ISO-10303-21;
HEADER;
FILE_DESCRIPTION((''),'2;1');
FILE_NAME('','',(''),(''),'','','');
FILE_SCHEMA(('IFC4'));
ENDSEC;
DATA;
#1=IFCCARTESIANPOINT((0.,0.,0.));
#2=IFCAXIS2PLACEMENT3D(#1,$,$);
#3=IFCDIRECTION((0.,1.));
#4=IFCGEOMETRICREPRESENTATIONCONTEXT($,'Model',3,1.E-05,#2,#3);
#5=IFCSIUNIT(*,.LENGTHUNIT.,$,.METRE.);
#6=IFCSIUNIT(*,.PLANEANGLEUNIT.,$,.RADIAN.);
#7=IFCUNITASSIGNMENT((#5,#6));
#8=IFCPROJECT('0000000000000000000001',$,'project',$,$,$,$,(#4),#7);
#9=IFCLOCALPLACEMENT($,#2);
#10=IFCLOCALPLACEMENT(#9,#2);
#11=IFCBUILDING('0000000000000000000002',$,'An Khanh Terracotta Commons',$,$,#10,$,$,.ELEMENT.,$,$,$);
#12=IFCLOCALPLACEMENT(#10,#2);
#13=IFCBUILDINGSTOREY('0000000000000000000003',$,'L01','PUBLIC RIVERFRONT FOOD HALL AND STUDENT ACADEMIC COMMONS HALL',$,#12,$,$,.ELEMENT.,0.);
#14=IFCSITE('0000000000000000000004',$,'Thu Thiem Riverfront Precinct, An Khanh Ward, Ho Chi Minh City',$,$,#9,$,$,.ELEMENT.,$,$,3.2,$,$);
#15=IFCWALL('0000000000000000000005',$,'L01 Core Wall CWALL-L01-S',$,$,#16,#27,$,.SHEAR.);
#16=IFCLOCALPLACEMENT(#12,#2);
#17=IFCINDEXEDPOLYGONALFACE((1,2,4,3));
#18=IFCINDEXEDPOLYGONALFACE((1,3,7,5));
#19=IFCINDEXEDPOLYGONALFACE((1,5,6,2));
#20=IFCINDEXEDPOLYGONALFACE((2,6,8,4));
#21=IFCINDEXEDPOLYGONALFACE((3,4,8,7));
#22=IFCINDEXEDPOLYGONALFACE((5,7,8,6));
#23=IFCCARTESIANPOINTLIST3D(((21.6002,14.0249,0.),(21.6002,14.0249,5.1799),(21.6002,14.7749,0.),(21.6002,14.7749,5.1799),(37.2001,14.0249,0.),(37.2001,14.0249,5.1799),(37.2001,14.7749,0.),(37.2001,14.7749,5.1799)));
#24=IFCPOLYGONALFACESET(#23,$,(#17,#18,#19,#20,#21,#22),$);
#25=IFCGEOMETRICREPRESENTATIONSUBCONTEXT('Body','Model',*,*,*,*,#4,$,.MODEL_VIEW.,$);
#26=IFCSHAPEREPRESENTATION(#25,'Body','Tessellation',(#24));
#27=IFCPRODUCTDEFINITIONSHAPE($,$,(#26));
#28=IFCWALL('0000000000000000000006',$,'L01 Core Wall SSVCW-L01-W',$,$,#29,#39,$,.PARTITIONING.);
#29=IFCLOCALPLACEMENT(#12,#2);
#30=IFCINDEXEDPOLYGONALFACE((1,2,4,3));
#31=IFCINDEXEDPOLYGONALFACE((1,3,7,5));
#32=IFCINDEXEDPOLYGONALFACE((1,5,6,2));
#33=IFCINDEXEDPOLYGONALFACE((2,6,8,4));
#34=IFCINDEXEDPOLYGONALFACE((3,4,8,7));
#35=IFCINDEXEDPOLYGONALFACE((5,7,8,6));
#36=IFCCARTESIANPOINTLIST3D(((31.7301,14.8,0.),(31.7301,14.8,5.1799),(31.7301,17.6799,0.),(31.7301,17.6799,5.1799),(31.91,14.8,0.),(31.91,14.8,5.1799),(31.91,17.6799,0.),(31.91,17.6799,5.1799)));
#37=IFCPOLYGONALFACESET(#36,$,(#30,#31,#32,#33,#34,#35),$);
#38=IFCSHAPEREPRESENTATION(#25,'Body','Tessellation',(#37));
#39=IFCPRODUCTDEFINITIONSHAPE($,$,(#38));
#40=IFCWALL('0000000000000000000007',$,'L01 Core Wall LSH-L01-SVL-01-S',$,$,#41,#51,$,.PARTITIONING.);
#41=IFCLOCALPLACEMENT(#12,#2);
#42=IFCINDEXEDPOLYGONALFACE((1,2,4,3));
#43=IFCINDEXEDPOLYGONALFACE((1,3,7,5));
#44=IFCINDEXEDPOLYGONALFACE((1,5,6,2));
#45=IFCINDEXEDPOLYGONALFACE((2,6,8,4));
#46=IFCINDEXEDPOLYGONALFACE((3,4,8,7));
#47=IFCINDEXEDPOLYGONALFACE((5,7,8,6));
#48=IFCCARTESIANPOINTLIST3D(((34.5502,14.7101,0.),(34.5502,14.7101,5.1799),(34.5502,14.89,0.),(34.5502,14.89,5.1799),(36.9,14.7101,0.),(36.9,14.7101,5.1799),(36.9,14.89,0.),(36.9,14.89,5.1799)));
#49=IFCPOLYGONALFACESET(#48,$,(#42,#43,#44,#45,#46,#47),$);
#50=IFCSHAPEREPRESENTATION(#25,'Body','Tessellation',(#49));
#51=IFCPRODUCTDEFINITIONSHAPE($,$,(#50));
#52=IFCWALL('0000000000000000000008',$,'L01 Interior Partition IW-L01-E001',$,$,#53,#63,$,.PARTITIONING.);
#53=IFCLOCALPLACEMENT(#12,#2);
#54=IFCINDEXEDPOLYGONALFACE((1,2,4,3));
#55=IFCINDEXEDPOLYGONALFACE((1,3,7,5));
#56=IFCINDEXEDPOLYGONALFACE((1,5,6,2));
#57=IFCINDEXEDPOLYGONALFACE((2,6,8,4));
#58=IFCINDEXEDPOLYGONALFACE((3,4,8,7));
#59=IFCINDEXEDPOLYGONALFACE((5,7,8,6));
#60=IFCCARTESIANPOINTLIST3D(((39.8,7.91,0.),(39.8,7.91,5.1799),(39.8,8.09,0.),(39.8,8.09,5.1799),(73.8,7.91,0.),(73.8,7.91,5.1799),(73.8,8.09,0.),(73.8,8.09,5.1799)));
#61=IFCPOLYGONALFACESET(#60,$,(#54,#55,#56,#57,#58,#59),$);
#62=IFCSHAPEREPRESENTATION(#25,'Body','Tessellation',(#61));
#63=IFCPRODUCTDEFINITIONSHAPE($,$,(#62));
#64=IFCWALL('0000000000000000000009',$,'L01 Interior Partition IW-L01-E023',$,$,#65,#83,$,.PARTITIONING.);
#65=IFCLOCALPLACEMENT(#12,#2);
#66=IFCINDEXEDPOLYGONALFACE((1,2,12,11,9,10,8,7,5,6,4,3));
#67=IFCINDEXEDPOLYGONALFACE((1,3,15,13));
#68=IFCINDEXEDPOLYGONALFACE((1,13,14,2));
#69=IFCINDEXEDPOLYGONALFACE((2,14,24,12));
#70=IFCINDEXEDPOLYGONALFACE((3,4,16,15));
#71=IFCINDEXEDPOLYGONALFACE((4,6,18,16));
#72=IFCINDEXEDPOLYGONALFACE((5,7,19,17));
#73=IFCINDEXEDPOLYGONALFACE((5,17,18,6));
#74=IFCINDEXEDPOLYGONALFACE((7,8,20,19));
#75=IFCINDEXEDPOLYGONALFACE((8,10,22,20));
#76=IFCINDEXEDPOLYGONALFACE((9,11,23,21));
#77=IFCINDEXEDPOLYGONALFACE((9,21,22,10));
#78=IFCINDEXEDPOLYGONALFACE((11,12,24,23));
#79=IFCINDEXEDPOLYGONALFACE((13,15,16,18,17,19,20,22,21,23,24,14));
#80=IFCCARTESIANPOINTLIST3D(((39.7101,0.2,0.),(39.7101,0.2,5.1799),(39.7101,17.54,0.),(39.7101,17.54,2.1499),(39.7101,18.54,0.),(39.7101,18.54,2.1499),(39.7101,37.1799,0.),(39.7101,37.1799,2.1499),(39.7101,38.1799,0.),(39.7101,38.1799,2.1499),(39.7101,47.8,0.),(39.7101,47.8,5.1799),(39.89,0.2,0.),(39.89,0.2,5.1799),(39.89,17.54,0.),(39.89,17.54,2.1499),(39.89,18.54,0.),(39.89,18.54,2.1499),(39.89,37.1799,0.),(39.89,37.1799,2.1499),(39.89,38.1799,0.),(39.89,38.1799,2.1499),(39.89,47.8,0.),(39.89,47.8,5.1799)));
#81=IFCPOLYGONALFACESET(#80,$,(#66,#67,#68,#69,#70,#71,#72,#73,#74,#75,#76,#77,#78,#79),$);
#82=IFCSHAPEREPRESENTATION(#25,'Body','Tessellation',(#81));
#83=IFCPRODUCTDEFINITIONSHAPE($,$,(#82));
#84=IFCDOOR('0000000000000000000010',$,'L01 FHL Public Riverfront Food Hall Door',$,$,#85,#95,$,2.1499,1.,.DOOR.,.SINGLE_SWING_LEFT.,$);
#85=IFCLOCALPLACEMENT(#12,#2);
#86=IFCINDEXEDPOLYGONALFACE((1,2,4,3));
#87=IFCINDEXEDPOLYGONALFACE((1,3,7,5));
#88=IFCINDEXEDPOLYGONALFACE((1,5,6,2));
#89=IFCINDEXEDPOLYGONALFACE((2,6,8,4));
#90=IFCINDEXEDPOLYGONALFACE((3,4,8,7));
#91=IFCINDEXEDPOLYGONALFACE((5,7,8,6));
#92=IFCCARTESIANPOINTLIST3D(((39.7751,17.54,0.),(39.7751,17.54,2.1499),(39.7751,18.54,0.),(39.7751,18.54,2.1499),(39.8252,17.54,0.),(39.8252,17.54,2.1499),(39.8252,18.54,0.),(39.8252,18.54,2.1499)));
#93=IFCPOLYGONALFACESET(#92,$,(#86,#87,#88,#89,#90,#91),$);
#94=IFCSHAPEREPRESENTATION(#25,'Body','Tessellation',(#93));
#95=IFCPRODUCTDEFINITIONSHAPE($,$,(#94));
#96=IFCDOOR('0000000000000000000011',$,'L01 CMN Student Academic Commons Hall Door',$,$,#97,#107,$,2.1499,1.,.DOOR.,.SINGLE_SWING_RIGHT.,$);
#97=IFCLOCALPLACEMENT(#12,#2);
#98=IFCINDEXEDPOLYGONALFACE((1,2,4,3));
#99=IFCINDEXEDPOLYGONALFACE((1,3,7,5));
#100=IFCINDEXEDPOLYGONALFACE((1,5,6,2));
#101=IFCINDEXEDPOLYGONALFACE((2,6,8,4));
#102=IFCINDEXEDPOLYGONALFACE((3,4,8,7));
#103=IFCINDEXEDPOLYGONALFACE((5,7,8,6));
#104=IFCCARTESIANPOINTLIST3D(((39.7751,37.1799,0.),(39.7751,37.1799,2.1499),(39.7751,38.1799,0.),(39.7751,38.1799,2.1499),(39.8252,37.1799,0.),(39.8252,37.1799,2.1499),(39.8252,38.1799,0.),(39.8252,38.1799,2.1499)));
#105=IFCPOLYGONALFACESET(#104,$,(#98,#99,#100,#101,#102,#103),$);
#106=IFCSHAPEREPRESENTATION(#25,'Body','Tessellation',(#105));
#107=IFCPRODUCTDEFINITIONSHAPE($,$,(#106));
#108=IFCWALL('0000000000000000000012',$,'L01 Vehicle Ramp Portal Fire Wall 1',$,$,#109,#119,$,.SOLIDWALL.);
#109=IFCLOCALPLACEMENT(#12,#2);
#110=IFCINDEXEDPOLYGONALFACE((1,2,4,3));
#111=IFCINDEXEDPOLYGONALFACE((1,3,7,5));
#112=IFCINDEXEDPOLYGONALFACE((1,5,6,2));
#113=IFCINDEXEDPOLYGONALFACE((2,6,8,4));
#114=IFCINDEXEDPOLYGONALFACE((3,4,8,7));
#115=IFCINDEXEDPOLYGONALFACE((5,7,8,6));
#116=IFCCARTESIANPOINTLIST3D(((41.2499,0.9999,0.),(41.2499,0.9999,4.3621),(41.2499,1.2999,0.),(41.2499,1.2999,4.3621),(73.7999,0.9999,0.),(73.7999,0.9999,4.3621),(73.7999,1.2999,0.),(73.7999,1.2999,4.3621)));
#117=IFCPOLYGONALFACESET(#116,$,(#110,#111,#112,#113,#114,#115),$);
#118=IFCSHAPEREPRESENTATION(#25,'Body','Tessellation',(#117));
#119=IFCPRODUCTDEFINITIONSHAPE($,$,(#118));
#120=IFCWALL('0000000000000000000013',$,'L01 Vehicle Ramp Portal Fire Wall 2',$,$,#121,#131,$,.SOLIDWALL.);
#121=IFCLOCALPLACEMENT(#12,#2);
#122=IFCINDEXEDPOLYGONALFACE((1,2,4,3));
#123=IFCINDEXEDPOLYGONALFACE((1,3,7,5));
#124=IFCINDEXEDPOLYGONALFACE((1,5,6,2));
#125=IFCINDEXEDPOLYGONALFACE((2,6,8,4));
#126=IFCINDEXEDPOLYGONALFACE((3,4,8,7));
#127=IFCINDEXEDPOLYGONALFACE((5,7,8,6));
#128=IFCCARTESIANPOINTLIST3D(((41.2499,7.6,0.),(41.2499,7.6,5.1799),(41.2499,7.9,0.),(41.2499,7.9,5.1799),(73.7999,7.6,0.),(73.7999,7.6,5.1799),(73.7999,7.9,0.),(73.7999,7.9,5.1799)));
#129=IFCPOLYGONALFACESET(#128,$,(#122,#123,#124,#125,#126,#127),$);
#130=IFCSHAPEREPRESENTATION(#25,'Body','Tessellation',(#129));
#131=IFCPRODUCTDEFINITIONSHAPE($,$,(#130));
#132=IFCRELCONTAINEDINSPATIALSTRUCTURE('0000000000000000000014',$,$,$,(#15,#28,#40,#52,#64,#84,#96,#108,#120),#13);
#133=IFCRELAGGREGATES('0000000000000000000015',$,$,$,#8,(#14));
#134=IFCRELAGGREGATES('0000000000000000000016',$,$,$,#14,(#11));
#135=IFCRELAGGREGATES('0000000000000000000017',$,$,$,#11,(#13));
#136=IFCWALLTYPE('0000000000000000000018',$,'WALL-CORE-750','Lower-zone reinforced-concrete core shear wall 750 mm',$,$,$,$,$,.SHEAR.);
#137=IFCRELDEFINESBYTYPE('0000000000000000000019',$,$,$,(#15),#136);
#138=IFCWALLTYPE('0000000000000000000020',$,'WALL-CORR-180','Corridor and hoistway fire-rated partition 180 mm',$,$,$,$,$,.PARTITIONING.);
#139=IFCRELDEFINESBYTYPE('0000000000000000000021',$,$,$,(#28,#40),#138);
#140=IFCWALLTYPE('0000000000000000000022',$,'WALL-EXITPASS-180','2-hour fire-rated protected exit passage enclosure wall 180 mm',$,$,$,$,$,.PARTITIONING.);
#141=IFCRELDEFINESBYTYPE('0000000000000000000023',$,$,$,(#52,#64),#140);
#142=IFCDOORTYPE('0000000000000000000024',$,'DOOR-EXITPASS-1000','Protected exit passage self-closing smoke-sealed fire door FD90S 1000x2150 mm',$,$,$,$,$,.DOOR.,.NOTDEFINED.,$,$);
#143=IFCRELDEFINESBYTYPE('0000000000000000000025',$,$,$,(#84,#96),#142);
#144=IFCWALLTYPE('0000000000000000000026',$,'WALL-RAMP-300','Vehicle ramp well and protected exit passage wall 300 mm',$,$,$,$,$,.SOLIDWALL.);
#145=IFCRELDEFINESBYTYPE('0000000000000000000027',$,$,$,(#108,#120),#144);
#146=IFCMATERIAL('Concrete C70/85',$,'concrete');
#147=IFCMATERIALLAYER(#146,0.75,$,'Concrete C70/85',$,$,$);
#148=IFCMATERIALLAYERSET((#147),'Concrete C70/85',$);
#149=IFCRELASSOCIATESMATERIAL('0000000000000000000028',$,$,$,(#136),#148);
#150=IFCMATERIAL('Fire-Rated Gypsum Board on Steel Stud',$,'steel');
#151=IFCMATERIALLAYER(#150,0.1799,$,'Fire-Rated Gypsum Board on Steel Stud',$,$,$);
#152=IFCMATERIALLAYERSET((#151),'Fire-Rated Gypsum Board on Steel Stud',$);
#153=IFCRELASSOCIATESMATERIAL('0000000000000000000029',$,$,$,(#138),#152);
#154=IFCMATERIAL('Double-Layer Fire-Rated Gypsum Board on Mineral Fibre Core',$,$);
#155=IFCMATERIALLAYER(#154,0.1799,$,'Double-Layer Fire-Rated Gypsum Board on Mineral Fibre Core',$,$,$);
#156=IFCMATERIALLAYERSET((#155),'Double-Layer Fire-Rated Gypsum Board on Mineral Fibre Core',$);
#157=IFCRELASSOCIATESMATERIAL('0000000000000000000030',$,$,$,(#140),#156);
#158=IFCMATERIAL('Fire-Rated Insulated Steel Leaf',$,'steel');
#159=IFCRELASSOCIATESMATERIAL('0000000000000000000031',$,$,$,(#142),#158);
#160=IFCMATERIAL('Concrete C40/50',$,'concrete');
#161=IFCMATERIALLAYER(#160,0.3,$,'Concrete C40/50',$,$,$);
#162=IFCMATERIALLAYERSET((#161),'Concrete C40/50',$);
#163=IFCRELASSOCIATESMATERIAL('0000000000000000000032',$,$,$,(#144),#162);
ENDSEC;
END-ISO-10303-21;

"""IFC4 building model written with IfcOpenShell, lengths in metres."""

from ifc_helpers import new_model, si_unit, direction, frame, frame_2d, origin, place, context, subcontext, project, spatial, rectangle, extrude, material, layer, layer_set, type_object, element, fill, save


model = new_model("IFC4")

# Units and contexts
model_context = context("Model", 3, precision=1e-05, world=origin(), true_north=direction((0.0, 1.0)))
body_context = subcontext(model_context, "Body", "Model", "MODEL_VIEW")
ifc_project = project(units=[si_unit("LENGTHUNIT", "METRE"), si_unit("PLANEANGLEUNIT", "RADIAN")], contexts=[model_context])

# Site, building, storey
site_placement = place(None, origin())
site = spatial("IfcSite", under=ifc_project, at=site_placement, Name="Thu Thiem Riverfront Precinct, An Khanh Ward, Ho Chi Minh City", CompositionType="ELEMENT", RefElevation=3.2)
building_placement = place(site_placement, origin())
building = spatial("IfcBuilding", under=site, at=building_placement, Name="An Khanh Terracotta Commons", CompositionType="ELEMENT")
storey_placement = place(building_placement, origin())
storey = spatial("IfcBuildingStorey", under=building, at=storey_placement, Name="L01", Description="PUBLIC RIVERFRONT FOOD HALL AND STUDENT ACADEMIC COMMONS HALL", CompositionType="ELEMENT", Elevation=0.0)

# Shared definitions
ifc_material_1 = material(Name="Concrete C70/85", Category="concrete")

# Wall
ifc_layer_1 = layer(ifc_material_1, 0.75, Name="Concrete C70/85")
ifc_layer_set_1 = layer_set([ifc_layer_1], Name="Concrete C70/85")
wall_type_1 = type_object("IfcWallType", Name="WALL-CORE-750", Description="Lower-zone reinforced-concrete core shear wall 750 mm", PredefinedType="SHEAR", material=ifc_layer_set_1)
wall_1_placement = place(storey_placement, frame((37.2, 14.3999, 0.0), z_axis=(0.0, 0.0, 1.0), x_axis=(-1.0, 0.0, 0.0)))
element("IfcWall", 1, at=wall_1_placement, inside=storey, type_object=wall_type_1, Name="L01 Core Wall CWALL-L01-S", PredefinedType="SHEAR", context=body_context, shape_type="SweptSolid", body=[
    extrude(rectangle(XDim=15.5999, YDim=0.75, at=frame_2d((7.7998, 0.0))), origin(), (0.0, 0.0, 1.0), 5.1799),
])

# Walls
ifc_material_2 = material(Name="Fire-Rated Gypsum Board on Steel Stud", Category="steel")
ifc_layer_2 = layer(ifc_material_2, 0.1799, Name="Fire-Rated Gypsum Board on Steel Stud")
ifc_layer_set_2 = layer_set([ifc_layer_2], Name="Fire-Rated Gypsum Board on Steel Stud")
wall_type_2 = type_object("IfcWallType", Name="WALL-CORR-180", Description="Corridor and hoistway fire-rated partition 180 mm", PredefinedType="PARTITIONING", material=ifc_layer_set_2)
wall_2_placement = place(storey_placement, frame((31.8201, 14.8, 0.0), z_axis=(0.0, 0.0, 1.0), x_axis=(0.0, 1.0, 0.0)))
element("IfcWall", 2, at=wall_2_placement, inside=storey, type_object=wall_type_2, Name="L01 Core Wall SSVCW-L01-W", PredefinedType="PARTITIONING", context=body_context, shape_type="SweptSolid", body=[
    extrude(rectangle(XDim=2.8799, YDim=0.1799, at=frame_2d((1.4399, 0.0))), origin(), (0.0, 0.0, 1.0), 5.1799),
])
wall_3_placement = place(storey_placement, frame((36.8999, 14.8, 0.0), z_axis=(0.0, 0.0, 1.0), x_axis=(-1.0, 0.0, 0.0)))
element("IfcWall", 3, at=wall_3_placement, inside=storey, type_object=wall_type_2, Name="L01 Core Wall LSH-L01-SVL-01-S", PredefinedType="PARTITIONING", context=body_context, shape_type="SweptSolid", body=[
    extrude(rectangle(XDim=2.3499, YDim=0.1799, at=frame_2d((1.1748, 0.0))), origin(), (0.0, 0.0, 1.0), 5.1799),
])
ifc_material_3 = material(Name="Double-Layer Fire-Rated Gypsum Board on Mineral Fibre Core")
ifc_layer_3 = layer(ifc_material_3, 0.1799, Name="Double-Layer Fire-Rated Gypsum Board on Mineral Fibre Core")
ifc_layer_set_3 = layer_set([ifc_layer_3], Name="Double-Layer Fire-Rated Gypsum Board on Mineral Fibre Core")
wall_type_3 = type_object("IfcWallType", Name="WALL-EXITPASS-180", Description="2-hour fire-rated protected exit passage enclosure wall 180 mm", PredefinedType="PARTITIONING", material=ifc_layer_set_3)
wall_4_placement = place(storey_placement, frame((39.8, 8.0, 0.0), z_axis=(0.0, 0.0, 1.0), x_axis=(1.0, 0.0, 0.0)))
element("IfcWall", 4, at=wall_4_placement, inside=storey, type_object=wall_type_3, Name="L01 Interior Partition IW-L01-E001", PredefinedType="PARTITIONING", context=body_context, shape_type="SweptSolid", body=[
    extrude(rectangle(XDim=34.0, YDim=0.1799, at=frame_2d((17.0, 0.0))), origin(), (0.0, 0.0, 1.0), 5.1799),
])

# Wall, openings, doors
wall_5_placement = place(storey_placement, frame((39.8, 0.2, 0.0), z_axis=(0.0, 0.0, 1.0), x_axis=(0.0, 1.0, 0.0)))
wall_5 = element("IfcWall", 5, at=wall_5_placement, inside=storey, type_object=wall_type_3, Name="L01 Interior Partition IW-L01-E023", PredefinedType="PARTITIONING", context=body_context, shape_type="SweptSolid", body=[
    extrude(rectangle(XDim=47.6001, YDim=0.1799, at=frame_2d((23.8, 0.0))), origin(), (0.0, 0.0, 1.0), 5.1799),
])
opening_1_placement = place(wall_5_placement, frame((17.3401, 0.0, 0.0)))
opening_1 = element("IfcOpeningElement", 6, at=opening_1_placement, cuts=wall_5, PredefinedType="OPENING", context=body_context, shape_type="SweptSolid", body=[
    extrude(rectangle(XDim=1.0, YDim=2.1499, at=frame_2d((0.5, 1.075))), frame((0.0, 0.0999, 0.0), z_axis=(0.0, -1.0, 0.0), x_axis=(1.0, 0.0, 0.0)), (0.0, 0.0, 1.0), 0.2),
])
opening_2_placement = place(wall_5_placement, frame((36.98, 0.0, 0.0)))
opening_2 = element("IfcOpeningElement", 7, at=opening_2_placement, cuts=wall_5, PredefinedType="OPENING", context=body_context, shape_type="SweptSolid", body=[
    extrude(rectangle(XDim=1.0, YDim=2.1499, at=frame_2d((0.5, 1.075))), frame((0.0, 0.0999, 0.0), z_axis=(0.0, -1.0, 0.0), x_axis=(1.0, 0.0, 0.0)), (0.0, 0.0, 1.0), 0.2),
])
ifc_material_4 = material(Name="Fire-Rated Insulated Steel Leaf", Category="steel")
door_type_1 = type_object("IfcDoorType", Name="DOOR-EXITPASS-1000", Description="Protected exit passage self-closing smoke-sealed fire door FD90S 1000x2150 mm", OperationType="NOTDEFINED", PredefinedType="DOOR", material=ifc_material_4)
door_1_placement = place(opening_1_placement, origin())
door_1 = element("IfcDoor", 8, at=door_1_placement, inside=storey, type_object=door_type_1, Name="L01 FHL Public Riverfront Food Hall Door", OperationType="SINGLE_SWING_LEFT", OverallHeight=2.1499, OverallWidth=1.0, PredefinedType="DOOR", context=body_context, shape_type="SweptSolid", body=[
    extrude(rectangle(XDim=1.0, YDim=2.1499, at=frame_2d((0.5, 1.075))), frame((0.0, 0.0249, 0.0), z_axis=(0.0, -1.0, 0.0), x_axis=(1.0, 0.0, 0.0)), (0.0, 0.0, 1.0), 0.05),
])
fill(opening_1, door_1)
door_2_placement = place(opening_2_placement, origin())
door_2 = element("IfcDoor", 9, at=door_2_placement, inside=storey, type_object=door_type_1, Name="L01 CMN Student Academic Commons Hall Door", OperationType="SINGLE_SWING_RIGHT", OverallHeight=2.1499, OverallWidth=1.0, PredefinedType="DOOR", context=body_context, shape_type="SweptSolid", body=[
    extrude(rectangle(XDim=1.0, YDim=2.1499, at=frame_2d((0.5, 1.075))), frame((0.0, 0.0249, 0.0), z_axis=(0.0, -1.0, 0.0), x_axis=(1.0, 0.0, 0.0)), (0.0, 0.0, 1.0), 0.05),
])
fill(opening_2, door_2)

# Walls
ifc_material_5 = material(Name="Concrete C40/50", Category="concrete")
ifc_layer_4 = layer(ifc_material_5, 0.3, Name="Concrete C40/50")
ifc_layer_set_4 = layer_set([ifc_layer_4], Name="Concrete C40/50")
wall_type_4 = type_object("IfcWallType", Name="WALL-RAMP-300", Description="Vehicle ramp well and protected exit passage wall 300 mm", PredefinedType="SOLIDWALL", material=ifc_layer_set_4)
wall_6_placement = place(storey_placement, frame((41.25, 1.1499, 0.0), z_axis=(0.0, 0.0, 1.0), x_axis=(1.0, 0.0, 0.0)))
element("IfcWall", 10, at=wall_6_placement, inside=storey, type_object=wall_type_4, Name="L01 Vehicle Ramp Portal Fire Wall 1", PredefinedType="SOLIDWALL", context=body_context, shape_type="SweptSolid", body=[
    extrude(rectangle(XDim=32.55, YDim=0.3, at=frame_2d((16.2749, 0.0))), origin(), (0.0, 0.0, 1.0), 4.3621),
])
wall_7_placement = place(storey_placement, frame((41.25, 7.75, 0.0), z_axis=(0.0, 0.0, 1.0), x_axis=(1.0, 0.0, 0.0)))
element("IfcWall", 11, at=wall_7_placement, inside=storey, type_object=wall_type_4, Name="L01 Vehicle Ramp Portal Fire Wall 2", PredefinedType="SOLIDWALL", context=body_context, shape_type="SweptSolid", body=[
    extrude(rectangle(XDim=32.55, YDim=0.3, at=frame_2d((16.2749, 0.0))), origin(), (0.0, 0.0, 1.0), 5.1799),
])

save(model, "model.ifc")
